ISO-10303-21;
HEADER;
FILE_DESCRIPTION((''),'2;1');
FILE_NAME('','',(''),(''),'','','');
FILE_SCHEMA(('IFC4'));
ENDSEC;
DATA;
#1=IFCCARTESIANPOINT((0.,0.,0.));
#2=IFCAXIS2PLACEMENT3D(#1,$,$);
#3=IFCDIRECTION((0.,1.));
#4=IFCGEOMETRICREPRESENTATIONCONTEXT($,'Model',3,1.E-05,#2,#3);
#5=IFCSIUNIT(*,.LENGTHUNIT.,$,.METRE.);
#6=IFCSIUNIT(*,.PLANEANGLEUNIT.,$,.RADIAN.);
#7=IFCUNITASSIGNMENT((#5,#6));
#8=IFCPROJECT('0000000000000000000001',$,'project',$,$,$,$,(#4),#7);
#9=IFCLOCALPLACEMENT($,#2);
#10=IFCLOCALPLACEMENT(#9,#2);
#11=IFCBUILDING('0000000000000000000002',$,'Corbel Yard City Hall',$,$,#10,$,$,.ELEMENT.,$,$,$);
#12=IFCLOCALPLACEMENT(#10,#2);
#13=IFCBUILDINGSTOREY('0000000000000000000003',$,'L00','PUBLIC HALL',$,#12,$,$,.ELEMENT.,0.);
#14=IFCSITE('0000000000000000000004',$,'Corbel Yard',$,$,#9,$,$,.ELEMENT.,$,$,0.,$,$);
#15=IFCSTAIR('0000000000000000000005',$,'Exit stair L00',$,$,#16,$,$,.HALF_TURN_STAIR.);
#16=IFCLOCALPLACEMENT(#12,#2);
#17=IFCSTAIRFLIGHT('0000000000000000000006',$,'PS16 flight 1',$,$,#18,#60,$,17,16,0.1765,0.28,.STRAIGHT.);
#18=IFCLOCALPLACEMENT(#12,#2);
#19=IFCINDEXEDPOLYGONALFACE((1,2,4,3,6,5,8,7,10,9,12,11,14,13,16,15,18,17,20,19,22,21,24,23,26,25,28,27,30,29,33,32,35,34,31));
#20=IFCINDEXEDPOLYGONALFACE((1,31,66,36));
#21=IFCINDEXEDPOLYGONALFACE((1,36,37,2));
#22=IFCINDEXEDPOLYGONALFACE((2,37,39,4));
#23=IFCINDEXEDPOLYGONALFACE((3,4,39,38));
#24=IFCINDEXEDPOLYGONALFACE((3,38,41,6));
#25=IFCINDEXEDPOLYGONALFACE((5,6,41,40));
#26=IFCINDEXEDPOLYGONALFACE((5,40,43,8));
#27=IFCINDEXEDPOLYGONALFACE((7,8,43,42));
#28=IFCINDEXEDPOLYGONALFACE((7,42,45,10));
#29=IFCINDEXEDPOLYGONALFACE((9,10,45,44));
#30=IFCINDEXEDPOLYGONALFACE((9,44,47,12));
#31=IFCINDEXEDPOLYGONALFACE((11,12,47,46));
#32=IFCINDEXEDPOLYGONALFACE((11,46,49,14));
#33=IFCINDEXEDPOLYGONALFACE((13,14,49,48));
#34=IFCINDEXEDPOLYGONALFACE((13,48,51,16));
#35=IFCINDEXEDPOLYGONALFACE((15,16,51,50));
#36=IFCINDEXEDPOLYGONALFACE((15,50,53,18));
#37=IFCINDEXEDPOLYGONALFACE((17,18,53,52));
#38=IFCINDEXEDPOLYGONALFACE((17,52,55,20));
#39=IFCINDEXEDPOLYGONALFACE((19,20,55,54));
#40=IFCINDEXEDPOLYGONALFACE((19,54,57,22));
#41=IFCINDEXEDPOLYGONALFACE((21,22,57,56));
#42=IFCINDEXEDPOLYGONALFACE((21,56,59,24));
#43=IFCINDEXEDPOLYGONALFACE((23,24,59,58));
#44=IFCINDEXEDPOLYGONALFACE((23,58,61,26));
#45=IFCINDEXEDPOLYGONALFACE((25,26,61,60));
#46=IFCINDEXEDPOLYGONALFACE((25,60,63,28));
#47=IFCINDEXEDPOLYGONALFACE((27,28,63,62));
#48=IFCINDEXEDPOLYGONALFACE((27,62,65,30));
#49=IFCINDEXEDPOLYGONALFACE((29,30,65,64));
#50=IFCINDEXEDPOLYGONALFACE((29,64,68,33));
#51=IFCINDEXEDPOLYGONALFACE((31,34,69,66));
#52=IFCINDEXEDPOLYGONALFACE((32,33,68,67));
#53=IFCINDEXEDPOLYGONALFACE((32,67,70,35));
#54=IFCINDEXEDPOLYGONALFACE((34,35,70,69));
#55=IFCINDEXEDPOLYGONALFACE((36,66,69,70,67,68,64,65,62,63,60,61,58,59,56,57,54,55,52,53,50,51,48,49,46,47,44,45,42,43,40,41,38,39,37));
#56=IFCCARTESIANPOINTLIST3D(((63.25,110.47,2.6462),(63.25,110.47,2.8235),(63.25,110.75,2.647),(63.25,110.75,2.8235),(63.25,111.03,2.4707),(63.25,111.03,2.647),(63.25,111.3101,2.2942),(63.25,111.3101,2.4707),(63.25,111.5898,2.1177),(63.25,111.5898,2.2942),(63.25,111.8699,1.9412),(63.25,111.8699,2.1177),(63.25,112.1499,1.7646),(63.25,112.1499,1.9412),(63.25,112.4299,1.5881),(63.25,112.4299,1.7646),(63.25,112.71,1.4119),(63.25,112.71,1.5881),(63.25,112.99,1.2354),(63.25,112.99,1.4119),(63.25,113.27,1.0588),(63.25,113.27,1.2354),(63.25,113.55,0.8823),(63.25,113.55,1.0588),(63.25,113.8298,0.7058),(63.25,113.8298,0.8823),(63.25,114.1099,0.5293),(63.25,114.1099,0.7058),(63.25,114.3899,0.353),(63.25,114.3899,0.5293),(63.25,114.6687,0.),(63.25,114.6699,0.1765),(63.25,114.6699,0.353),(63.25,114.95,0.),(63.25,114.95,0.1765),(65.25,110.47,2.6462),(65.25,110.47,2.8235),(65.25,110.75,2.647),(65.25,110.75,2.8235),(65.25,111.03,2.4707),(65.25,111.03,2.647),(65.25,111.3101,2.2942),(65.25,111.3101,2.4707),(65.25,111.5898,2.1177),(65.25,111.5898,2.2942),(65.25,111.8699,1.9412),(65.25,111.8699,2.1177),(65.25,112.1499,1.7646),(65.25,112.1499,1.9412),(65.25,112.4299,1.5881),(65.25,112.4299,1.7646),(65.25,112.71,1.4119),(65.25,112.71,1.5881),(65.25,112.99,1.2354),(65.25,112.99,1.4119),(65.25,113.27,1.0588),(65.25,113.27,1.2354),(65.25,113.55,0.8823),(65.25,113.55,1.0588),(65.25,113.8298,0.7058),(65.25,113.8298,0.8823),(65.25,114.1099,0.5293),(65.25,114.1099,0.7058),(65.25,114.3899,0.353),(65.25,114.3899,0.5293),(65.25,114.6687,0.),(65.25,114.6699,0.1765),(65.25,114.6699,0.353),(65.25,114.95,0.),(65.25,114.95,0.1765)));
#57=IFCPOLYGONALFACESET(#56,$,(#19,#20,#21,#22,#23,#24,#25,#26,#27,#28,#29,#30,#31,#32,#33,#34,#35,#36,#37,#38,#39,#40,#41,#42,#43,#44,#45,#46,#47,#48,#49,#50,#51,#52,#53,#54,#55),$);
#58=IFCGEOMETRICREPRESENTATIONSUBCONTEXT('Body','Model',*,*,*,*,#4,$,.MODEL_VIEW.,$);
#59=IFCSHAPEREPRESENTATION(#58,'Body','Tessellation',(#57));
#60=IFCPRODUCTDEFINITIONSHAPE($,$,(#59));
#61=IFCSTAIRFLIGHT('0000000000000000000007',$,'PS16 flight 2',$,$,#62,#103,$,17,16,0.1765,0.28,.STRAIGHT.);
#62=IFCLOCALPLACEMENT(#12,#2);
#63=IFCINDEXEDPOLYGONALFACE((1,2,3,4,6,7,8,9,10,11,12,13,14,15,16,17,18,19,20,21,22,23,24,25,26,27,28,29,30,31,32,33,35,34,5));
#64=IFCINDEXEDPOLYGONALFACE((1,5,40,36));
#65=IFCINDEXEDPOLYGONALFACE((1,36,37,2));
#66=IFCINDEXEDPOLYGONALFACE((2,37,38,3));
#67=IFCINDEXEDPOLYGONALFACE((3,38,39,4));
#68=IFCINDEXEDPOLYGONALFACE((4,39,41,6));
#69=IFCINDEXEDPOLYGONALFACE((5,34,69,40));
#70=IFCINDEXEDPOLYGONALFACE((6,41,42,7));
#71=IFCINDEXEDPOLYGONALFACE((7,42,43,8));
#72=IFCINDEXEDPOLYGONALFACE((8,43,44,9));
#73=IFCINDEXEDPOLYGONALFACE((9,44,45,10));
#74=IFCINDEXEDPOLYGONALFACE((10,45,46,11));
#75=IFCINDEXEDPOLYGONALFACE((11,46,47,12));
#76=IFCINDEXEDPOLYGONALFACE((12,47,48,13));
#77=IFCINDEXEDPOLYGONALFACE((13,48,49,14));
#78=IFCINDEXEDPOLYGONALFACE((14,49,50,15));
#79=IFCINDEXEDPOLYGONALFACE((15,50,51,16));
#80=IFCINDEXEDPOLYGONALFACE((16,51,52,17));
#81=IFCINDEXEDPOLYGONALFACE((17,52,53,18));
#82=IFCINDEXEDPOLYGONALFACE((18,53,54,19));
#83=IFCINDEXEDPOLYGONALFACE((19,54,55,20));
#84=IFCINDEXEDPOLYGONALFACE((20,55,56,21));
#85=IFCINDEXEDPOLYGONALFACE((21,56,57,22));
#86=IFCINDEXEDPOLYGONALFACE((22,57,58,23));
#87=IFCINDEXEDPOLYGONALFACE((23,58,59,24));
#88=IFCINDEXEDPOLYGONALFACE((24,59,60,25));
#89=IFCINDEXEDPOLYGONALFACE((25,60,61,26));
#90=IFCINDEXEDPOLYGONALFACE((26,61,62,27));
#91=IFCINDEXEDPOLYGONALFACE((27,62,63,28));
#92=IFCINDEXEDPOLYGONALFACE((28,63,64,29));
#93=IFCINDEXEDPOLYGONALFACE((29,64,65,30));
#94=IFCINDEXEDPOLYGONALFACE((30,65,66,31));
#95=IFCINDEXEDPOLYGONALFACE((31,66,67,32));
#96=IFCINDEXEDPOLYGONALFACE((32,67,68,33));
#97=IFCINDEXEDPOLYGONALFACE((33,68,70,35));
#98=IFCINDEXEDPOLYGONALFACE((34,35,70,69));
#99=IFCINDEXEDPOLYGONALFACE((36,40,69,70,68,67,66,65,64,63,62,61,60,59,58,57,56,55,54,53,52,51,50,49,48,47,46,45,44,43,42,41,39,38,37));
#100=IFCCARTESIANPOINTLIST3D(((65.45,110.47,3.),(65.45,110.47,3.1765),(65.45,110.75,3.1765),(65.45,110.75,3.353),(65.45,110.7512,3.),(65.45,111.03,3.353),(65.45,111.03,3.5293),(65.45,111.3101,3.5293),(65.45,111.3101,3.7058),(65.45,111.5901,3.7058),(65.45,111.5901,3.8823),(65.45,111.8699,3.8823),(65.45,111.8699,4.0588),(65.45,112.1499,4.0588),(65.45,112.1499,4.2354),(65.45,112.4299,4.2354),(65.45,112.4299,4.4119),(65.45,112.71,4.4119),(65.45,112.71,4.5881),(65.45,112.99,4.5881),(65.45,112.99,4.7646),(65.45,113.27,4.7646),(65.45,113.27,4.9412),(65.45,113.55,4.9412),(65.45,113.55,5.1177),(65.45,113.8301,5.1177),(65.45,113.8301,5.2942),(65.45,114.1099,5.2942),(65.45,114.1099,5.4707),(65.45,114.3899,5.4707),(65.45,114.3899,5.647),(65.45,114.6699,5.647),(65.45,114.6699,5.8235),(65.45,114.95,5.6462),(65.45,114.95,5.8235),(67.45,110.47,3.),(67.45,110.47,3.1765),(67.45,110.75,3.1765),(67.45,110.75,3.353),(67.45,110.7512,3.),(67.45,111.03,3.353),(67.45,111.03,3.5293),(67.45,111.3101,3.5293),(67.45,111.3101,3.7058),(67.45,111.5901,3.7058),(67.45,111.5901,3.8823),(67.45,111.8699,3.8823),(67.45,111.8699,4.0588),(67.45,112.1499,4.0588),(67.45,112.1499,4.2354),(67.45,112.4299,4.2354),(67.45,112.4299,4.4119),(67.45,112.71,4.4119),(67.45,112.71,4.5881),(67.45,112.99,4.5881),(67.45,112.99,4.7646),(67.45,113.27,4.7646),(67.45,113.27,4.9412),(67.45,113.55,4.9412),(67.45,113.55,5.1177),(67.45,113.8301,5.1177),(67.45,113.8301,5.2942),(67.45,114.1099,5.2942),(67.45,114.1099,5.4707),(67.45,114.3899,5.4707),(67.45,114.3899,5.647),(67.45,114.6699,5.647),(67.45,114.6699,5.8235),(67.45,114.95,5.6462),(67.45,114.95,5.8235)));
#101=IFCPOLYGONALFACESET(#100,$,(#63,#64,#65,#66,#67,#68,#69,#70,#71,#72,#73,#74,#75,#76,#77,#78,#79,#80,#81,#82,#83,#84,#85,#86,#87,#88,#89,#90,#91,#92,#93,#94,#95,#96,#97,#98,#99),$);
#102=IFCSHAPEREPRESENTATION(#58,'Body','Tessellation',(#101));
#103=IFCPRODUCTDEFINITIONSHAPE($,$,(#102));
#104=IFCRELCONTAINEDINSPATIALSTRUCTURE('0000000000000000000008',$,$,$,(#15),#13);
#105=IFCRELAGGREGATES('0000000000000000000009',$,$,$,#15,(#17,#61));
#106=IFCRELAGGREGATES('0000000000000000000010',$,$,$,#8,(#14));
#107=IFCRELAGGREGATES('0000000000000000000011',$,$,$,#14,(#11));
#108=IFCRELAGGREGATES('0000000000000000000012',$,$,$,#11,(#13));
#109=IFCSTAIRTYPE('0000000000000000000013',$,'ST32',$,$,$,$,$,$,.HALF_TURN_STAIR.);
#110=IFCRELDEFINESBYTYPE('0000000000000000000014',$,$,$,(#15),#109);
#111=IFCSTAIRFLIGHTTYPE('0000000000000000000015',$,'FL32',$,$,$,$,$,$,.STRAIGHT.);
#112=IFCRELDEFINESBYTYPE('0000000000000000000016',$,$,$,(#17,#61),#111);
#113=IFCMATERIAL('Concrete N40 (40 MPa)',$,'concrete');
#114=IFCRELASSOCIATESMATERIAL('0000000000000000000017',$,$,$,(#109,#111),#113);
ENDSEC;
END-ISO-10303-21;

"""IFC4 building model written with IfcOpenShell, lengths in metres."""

from ifc_helpers import new_model, si_unit, direction, frame, origin, place, context, subcontext, project, spatial, polyline, outline, extrude, material, type_object, element, aggregate, save


model = new_model("IFC4")

# Units and contexts
model_context = context("Model", 3, precision=1e-05, world=origin(), true_north=direction((0.0, 1.0)))
body_context = subcontext(model_context, "Body", "Model", "MODEL_VIEW")
ifc_project = project(units=[si_unit("LENGTHUNIT", "METRE"), si_unit("PLANEANGLEUNIT", "RADIAN")], contexts=[model_context])

# Site, building, storey
site_placement = place(None, origin())
site = spatial("IfcSite", under=ifc_project, at=site_placement, Name="Corbel Yard", CompositionType="ELEMENT", RefElevation=0.0)
building_placement = place(site_placement, origin())
building = spatial("IfcBuilding", under=site, at=building_placement, Name="Corbel Yard City Hall", CompositionType="ELEMENT")
storey_placement = place(building_placement, origin())
storey = spatial("IfcBuildingStorey", under=building, at=storey_placement, Name="L00", Description="PUBLIC HALL", CompositionType="ELEMENT", Elevation=0.0)

# Shared definitions
ifc_material_1 = material(Name="Concrete N40 (40 MPa)", Category="concrete")

# Stair, stair flights
stair_type = type_object("IfcStairType", Name="ST32", PredefinedType="HALF_TURN_STAIR", material=ifc_material_1)
stair_placement = place(storey_placement, origin())
stair = element("IfcStair", 1, at=stair_placement, inside=storey, type_object=stair_type, Name="Exit stair L00", PredefinedType="HALF_TURN_STAIR")
stair_flight_type = type_object("IfcStairFlightType", Name="FL32", PredefinedType="STRAIGHT", material=ifc_material_1)
stair_flight_1_placement = place(storey_placement, frame((64.25, 114.95, 0.0), z_axis=(0.0, 0.0, 1.0), x_axis=(0.0, -1.0, 0.0)))
stair_flight_1 = element("IfcStairFlight", 2, at=stair_flight_1_placement, type_object=stair_flight_type, Name="PS16 flight 1", NumberOfRisers=17, NumberOfTreads=16, PredefinedType="STRAIGHT", RiserHeight=0.1765, TreadLength=0.28, context=body_context, shape_type="SweptSolid", body=[
    extrude(outline(polyline([(0.0, 0.0), (0.0, 0.1765), (0.28, 0.1765), (0.28, 0.353), (0.5601, 0.353), (0.5601, 0.5293), (0.8401, 0.5293), (0.8401, 0.7058), (1.1201, 0.7058), (1.1201, 0.8823), (1.3999, 0.8823), (1.3999, 1.0588), (1.6799, 1.0588), (1.6799, 1.2354), (1.96, 1.2354), (1.96, 1.4119), (2.24, 1.4119), (2.24, 1.5881), (2.52, 1.5881), (2.52, 1.7646), (2.8, 1.7646), (2.8, 1.9412), (3.0801, 1.9412), (3.0801, 2.1177), (3.3601, 2.1177), (3.3601, 2.2942), (3.6399, 2.2942), (3.6399, 2.4707), (3.9199, 2.4707), (3.9199, 2.647), (4.2, 2.647), (4.2, 2.8235), (4.48, 2.8235), (4.48, 3.0), (4.48, 2.6462), (0.2812, 0.0), (0.0, 0.0)])), frame((0.0, 1.0, 0.0), z_axis=(0.0, -1.0, 0.0), x_axis=(1.0, 0.0, 0.0)), (0.0, 0.0, 1.0), 2.0),
])
stair_flight_2_placement = place(storey_placement, frame((66.45, 110.47, 3.0), z_axis=(0.0, 0.0, 1.0), x_axis=(0.0, 1.0, 0.0)))
stair_flight_2 = element("IfcStairFlight", 3, at=stair_flight_2_placement, type_object=stair_flight_type, Name="PS16 flight 2", NumberOfRisers=17, NumberOfTreads=16, PredefinedType="STRAIGHT", RiserHeight=0.1765, TreadLength=0.28, context=body_context, shape_type="SweptSolid", body=[
    extrude(outline(polyline([(0.0, 0.0), (0.0, 0.1765), (0.28, 0.1765), (0.28, 0.353), (0.5601, 0.353), (0.5601, 0.5293), (0.8401, 0.5293), (0.8401, 0.7058), (1.1201, 0.7058), (1.1201, 0.8823), (1.3999, 0.8823), (1.3999, 1.0588), (1.6799, 1.0588), (1.6799, 1.2354), (1.96, 1.2354), (1.96, 1.4119), (2.24, 1.4119), (2.24, 1.5881), (2.52, 1.5881), (2.52, 1.7646), (2.8, 1.7646), (2.8, 1.9412), (3.0801, 1.9412), (3.0801, 2.1177), (3.3601, 2.1177), (3.3601, 2.2942), (3.6399, 2.2942), (3.6399, 2.4707), (3.9199, 2.4707), (3.9199, 2.647), (4.2, 2.647), (4.2, 2.8235), (4.48, 2.8235), (4.48, 3.0), (4.48, 2.6462), (0.2812, 0.0), (0.0, 0.0)])), frame((0.0, 1.0, 0.0), z_axis=(0.0, -1.0, 0.0), x_axis=(1.0, 0.0, 0.0)), (0.0, 0.0, 1.0), 2.0),
])
aggregate(stair, [stair_flight_1, stair_flight_2])

save(model, "model.ifc")
